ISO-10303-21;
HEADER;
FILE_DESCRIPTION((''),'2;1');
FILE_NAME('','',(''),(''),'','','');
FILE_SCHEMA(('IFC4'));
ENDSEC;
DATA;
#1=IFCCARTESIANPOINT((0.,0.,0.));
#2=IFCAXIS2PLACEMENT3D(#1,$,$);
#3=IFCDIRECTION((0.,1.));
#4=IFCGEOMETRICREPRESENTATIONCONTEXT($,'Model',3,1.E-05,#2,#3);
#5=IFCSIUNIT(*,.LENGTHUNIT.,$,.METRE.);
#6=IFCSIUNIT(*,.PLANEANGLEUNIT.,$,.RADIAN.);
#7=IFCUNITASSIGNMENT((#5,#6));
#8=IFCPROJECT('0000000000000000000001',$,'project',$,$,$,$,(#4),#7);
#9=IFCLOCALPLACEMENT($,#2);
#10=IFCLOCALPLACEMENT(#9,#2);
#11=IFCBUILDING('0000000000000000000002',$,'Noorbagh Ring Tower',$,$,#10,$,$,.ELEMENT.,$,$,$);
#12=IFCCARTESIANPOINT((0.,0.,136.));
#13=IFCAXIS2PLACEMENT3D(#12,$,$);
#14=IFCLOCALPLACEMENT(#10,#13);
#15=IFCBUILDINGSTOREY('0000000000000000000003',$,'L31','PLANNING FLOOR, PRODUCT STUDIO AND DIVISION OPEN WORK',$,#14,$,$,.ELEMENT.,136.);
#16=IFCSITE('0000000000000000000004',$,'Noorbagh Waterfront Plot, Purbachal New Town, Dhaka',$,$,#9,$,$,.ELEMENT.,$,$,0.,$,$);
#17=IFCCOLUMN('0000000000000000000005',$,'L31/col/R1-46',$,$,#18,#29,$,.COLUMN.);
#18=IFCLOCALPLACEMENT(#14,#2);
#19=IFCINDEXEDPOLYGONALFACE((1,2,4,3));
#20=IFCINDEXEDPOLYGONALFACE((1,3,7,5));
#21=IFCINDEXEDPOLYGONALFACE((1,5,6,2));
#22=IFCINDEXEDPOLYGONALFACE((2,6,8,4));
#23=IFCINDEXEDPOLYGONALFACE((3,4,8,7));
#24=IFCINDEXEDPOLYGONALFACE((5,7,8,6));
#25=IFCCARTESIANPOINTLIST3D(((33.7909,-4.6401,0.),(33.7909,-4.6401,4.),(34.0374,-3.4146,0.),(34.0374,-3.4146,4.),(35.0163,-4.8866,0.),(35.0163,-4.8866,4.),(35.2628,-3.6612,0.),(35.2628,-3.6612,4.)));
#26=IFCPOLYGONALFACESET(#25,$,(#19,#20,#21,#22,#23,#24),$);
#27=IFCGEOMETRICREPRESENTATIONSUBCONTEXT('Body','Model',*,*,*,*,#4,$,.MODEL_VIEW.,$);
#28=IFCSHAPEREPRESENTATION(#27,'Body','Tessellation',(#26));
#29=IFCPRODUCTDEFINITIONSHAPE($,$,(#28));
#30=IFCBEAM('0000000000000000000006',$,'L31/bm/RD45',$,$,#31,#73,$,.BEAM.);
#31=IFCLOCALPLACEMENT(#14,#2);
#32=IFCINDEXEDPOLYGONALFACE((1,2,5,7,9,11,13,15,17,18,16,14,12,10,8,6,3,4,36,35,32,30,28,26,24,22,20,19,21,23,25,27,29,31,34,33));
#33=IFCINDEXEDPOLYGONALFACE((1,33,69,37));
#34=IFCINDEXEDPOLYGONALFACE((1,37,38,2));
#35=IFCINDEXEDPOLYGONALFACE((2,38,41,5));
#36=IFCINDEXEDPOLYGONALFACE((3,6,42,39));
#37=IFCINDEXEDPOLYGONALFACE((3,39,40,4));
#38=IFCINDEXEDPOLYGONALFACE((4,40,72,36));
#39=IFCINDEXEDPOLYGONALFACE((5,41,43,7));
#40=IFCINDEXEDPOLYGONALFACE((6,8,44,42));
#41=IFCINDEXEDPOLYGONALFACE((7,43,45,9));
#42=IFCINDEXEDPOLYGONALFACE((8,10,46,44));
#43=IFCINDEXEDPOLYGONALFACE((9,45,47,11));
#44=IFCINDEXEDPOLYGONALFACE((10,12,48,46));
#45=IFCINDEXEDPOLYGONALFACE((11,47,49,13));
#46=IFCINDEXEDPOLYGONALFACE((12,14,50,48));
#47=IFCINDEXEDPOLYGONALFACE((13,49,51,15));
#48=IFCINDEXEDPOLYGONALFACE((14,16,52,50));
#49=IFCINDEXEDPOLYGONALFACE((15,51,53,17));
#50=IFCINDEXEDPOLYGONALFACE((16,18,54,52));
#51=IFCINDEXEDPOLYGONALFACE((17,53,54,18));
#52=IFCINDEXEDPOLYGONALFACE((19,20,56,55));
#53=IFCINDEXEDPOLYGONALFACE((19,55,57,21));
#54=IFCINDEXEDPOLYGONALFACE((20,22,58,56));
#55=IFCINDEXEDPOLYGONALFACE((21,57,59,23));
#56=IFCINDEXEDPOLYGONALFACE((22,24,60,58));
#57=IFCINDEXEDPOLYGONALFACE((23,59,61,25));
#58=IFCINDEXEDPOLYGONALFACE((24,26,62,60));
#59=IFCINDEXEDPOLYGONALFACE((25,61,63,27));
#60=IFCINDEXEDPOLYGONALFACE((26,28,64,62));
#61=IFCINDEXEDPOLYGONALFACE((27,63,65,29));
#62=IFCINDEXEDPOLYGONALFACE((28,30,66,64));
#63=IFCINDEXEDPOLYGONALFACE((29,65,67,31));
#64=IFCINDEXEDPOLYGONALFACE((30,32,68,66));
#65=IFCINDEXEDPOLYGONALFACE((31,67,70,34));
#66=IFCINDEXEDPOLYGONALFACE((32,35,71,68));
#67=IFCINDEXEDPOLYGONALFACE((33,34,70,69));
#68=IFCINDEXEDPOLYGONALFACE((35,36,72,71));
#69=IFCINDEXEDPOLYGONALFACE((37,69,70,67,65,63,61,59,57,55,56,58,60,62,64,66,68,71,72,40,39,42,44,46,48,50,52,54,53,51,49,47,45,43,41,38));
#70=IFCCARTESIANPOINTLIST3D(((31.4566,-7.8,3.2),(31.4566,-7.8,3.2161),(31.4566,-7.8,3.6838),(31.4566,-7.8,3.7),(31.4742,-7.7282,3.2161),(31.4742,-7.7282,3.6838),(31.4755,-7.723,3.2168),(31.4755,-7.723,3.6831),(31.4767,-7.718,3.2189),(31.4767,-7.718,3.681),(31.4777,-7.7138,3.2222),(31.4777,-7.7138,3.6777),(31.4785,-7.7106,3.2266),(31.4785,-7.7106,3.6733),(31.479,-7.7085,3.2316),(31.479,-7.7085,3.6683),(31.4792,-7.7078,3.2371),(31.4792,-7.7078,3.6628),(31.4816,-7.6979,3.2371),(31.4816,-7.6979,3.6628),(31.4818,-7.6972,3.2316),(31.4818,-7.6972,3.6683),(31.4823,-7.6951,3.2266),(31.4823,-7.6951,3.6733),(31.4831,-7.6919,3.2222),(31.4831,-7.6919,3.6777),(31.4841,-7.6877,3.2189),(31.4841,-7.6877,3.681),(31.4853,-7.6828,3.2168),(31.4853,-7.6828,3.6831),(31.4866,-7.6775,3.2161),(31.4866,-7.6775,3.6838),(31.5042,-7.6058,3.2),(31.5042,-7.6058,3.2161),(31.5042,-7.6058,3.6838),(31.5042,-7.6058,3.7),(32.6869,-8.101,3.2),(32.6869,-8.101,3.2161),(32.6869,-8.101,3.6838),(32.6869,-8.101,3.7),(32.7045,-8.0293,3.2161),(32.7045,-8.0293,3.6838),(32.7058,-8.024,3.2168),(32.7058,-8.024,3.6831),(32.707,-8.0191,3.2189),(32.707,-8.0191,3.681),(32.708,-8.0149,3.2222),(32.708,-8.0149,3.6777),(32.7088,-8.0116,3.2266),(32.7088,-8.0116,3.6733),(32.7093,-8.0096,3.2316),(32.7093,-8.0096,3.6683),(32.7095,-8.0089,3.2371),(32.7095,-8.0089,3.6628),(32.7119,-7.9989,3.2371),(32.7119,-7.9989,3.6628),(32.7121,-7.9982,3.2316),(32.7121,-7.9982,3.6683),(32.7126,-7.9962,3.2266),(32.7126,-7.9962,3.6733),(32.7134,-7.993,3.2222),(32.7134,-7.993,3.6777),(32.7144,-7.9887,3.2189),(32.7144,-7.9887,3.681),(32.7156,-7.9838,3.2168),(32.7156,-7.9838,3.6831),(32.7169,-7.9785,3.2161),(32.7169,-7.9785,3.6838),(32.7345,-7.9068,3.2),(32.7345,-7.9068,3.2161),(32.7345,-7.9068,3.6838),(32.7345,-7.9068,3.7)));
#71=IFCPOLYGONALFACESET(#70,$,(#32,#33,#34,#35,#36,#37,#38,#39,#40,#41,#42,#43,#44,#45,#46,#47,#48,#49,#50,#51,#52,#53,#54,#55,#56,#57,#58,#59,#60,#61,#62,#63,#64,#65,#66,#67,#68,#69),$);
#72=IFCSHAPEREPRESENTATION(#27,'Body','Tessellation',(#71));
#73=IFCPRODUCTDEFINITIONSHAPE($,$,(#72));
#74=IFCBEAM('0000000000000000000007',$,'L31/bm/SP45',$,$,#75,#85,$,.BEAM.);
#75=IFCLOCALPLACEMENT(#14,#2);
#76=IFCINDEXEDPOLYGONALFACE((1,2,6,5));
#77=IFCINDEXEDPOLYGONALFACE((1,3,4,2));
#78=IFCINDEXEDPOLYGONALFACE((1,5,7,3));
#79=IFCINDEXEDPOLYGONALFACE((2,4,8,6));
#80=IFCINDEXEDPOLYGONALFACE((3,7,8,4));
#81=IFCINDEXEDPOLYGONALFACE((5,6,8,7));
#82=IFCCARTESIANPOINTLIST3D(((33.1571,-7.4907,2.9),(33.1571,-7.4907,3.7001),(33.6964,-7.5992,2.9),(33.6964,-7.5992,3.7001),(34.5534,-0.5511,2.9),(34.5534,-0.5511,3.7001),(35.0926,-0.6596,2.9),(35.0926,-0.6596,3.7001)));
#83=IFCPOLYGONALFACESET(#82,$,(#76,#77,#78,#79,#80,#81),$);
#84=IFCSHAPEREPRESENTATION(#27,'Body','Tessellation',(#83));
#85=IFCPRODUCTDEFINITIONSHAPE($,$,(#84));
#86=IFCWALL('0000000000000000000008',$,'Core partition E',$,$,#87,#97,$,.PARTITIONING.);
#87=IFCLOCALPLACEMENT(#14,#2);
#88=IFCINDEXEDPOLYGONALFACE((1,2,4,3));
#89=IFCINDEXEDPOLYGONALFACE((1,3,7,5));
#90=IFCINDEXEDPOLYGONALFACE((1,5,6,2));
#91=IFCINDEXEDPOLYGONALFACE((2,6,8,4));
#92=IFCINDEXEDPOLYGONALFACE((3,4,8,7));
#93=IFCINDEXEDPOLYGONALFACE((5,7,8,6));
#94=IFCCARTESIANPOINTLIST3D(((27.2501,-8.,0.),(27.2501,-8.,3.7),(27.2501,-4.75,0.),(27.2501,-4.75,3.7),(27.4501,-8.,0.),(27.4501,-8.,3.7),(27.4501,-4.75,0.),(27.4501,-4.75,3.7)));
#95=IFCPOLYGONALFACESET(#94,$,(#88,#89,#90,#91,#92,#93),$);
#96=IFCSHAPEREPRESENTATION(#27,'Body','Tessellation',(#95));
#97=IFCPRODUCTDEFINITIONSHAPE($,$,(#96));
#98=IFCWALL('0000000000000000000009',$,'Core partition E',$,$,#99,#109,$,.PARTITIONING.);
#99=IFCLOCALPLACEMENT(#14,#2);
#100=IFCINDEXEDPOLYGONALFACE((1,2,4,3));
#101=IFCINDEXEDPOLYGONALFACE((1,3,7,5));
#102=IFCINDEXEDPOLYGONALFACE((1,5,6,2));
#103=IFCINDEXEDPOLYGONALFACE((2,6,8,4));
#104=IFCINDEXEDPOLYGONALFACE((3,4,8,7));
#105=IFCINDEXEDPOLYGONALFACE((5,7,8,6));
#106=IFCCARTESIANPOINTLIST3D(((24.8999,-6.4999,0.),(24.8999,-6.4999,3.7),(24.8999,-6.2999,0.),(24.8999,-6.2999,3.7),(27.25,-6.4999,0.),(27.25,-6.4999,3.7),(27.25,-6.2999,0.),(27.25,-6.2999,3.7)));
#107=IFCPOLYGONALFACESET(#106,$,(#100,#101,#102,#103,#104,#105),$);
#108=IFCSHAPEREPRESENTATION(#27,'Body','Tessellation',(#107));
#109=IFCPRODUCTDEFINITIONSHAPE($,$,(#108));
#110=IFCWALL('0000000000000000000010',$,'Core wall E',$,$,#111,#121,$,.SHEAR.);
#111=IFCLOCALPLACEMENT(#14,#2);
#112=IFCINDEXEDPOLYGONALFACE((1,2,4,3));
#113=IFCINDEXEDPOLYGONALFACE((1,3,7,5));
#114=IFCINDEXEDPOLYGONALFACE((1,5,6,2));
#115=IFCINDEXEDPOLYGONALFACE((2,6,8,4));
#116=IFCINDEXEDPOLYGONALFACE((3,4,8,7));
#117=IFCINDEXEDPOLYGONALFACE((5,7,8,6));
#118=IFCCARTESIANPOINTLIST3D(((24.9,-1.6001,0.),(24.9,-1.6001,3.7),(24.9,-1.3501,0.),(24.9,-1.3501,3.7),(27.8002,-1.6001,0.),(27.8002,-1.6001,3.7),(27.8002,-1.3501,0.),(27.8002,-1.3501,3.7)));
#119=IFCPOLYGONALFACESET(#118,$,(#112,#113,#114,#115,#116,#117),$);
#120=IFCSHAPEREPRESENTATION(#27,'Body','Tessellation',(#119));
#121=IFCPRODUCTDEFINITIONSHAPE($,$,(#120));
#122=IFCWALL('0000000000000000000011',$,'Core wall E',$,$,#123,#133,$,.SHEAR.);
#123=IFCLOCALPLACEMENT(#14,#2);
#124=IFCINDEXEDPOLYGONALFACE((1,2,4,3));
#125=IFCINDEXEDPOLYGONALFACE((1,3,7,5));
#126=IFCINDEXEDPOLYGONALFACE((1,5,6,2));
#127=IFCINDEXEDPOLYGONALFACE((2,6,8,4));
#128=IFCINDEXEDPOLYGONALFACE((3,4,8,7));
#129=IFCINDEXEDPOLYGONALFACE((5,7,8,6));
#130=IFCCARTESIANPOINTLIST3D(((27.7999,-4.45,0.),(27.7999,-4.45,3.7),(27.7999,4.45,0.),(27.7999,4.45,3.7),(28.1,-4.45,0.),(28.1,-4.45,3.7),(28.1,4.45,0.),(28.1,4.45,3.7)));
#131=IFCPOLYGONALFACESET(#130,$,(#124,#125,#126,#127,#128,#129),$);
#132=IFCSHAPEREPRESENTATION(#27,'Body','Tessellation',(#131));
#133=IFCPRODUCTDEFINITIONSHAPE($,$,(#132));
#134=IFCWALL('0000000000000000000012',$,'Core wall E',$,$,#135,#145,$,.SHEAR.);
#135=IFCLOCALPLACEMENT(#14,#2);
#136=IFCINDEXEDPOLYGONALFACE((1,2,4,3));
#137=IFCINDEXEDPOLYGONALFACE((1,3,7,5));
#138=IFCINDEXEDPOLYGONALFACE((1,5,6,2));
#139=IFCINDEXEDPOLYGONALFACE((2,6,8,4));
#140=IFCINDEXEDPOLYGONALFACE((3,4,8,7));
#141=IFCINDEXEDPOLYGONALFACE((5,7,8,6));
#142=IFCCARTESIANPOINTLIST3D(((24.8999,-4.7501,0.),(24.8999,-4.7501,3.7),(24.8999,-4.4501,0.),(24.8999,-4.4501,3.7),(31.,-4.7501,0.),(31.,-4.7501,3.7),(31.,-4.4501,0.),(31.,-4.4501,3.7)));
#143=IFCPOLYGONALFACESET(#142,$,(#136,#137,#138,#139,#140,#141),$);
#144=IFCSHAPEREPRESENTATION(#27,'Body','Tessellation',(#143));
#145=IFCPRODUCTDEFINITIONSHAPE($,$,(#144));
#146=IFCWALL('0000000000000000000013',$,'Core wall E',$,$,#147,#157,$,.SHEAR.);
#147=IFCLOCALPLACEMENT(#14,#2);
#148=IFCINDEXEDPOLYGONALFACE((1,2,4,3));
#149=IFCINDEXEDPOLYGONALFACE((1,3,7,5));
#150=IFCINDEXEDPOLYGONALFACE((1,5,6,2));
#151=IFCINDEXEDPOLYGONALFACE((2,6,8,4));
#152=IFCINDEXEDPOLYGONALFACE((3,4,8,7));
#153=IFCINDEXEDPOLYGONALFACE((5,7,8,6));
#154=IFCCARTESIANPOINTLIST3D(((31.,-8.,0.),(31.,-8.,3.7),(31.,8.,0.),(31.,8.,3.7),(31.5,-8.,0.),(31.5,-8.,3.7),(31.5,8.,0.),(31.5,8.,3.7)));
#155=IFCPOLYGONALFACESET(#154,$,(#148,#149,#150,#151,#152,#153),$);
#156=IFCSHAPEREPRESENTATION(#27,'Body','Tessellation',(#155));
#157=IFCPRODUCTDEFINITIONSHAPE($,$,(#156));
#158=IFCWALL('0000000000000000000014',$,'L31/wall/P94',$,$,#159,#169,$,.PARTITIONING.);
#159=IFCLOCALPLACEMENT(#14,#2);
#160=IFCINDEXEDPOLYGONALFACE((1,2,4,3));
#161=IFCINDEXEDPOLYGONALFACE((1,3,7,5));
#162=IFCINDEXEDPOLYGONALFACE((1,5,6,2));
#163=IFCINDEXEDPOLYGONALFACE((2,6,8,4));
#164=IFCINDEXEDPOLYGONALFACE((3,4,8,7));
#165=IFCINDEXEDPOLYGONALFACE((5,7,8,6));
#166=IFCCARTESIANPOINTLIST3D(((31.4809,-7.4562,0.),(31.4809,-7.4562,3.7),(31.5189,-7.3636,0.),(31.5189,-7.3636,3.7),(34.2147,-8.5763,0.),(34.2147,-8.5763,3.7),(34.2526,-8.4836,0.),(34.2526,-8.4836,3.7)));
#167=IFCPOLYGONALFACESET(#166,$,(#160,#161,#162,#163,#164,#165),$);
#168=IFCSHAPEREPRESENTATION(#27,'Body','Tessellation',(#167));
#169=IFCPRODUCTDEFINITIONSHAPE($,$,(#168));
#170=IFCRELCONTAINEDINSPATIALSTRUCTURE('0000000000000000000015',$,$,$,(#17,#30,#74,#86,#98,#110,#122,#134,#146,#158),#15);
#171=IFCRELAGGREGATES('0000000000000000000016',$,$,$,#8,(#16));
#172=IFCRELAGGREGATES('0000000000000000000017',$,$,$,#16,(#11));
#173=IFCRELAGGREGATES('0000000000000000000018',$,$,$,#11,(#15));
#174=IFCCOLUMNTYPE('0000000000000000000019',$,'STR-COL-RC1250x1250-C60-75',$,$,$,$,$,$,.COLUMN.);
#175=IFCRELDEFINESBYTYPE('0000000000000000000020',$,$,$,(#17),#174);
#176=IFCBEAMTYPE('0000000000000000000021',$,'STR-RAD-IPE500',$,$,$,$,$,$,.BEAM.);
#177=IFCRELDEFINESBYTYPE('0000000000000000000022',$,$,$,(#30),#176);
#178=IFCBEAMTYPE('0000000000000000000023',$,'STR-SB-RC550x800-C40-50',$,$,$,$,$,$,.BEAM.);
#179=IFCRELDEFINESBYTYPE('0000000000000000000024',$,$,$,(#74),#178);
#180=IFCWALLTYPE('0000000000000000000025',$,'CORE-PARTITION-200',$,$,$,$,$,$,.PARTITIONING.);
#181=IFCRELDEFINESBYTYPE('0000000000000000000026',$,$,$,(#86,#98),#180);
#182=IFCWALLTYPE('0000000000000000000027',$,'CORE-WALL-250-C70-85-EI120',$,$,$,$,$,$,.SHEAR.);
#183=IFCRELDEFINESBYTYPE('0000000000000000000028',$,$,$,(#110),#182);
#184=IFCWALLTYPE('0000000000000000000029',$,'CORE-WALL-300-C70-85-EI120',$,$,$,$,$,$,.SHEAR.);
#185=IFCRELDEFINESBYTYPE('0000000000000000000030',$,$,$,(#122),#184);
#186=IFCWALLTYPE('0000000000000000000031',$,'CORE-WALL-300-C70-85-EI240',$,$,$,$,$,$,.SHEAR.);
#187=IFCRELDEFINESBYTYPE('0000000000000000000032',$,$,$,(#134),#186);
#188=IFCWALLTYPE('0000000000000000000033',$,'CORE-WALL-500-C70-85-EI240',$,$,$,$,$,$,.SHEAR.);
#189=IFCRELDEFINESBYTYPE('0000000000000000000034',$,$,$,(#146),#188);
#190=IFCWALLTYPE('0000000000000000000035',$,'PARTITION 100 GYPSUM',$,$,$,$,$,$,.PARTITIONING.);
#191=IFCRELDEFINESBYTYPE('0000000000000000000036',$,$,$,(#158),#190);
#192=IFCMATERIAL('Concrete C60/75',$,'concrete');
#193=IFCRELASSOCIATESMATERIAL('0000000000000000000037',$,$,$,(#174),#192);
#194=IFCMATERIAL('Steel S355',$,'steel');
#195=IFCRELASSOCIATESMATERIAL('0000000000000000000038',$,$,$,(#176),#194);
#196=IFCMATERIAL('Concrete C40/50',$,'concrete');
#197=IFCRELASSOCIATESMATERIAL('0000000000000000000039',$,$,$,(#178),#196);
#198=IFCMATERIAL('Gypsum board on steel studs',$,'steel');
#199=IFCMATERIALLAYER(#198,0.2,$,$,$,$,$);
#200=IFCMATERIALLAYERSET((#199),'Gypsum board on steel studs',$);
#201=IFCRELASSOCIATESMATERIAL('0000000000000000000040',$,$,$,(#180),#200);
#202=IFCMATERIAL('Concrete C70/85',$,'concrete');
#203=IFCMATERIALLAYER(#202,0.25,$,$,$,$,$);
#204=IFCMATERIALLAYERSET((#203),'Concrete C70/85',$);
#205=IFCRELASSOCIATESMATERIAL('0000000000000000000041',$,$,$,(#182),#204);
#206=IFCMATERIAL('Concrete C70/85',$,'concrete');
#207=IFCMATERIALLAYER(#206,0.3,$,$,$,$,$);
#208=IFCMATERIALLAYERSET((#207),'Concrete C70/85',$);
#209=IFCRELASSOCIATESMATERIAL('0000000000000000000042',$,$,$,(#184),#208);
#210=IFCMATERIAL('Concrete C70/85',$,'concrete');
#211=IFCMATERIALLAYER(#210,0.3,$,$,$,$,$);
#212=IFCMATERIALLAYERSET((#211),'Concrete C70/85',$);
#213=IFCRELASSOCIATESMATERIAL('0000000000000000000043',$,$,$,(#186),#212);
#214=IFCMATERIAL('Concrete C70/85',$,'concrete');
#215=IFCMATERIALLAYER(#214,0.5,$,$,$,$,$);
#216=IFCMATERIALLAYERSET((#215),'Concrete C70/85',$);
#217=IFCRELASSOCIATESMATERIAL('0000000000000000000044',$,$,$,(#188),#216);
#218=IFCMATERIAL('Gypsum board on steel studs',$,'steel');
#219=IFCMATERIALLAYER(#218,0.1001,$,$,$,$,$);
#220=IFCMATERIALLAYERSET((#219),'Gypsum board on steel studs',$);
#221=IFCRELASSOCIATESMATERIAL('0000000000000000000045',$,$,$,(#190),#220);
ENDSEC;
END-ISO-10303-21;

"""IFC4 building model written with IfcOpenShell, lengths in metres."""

from ifc_helpers import new_model, si_unit, direction, frame, frame_2d, origin, origin_2d, place, context, subcontext, project, spatial, rectangle, i_section, extrude, material, layer, layer_set, material_profile, profile_set, type_object, element, save


model = new_model("IFC4")

# Units and contexts
model_context = context("Model", 3, precision=1e-05, world=origin(), true_north=direction((0.0, 1.0)))
body_context = subcontext(model_context, "Body", "Model", "MODEL_VIEW")
ifc_project = project(units=[si_unit("LENGTHUNIT", "METRE"), si_unit("PLANEANGLEUNIT", "RADIAN")], contexts=[model_context])

# Site, building, storey
site_placement = place(None, origin())
site = spatial("IfcSite", under=ifc_project, at=site_placement, Name="Noorbagh Waterfront Plot, Purbachal New Town, Dhaka", CompositionType="ELEMENT", RefElevation=0.0)
building_placement = place(site_placement, origin())
building = spatial("IfcBuilding", under=site, at=building_placement, Name="Noorbagh Ring Tower", CompositionType="ELEMENT")
storey_placement = place(building_placement, frame((0.0, 0.0, 136.0)))
storey = spatial("IfcBuildingStorey", under=building, at=storey_placement, Name="L31", Description="PLANNING FLOOR, PRODUCT STUDIO AND DIVISION OPEN WORK", CompositionType="ELEMENT", Elevation=136.0)

# Column
ifc_material_1 = material(Name="Concrete C60/75", Category="concrete")
ifc_material_profile_1 = material_profile(ifc_material_1, rectangle(XDim=1.25, YDim=1.25, at=origin_2d()), Name="RC1250x1250")
ifc_profile_set_1 = profile_set([ifc_material_profile_1], Name="Concrete C60/75")
column_type = type_object("IfcColumnType", Name="STR-COL-RC1250x1250-C60-75", PredefinedType="COLUMN", material=ifc_profile_set_1)
column_placement = place(storey_placement, frame((34.5269, -4.1506, 0.0), z_axis=(0.0, 0.0, 1.0), x_axis=(0.19723, 0.980357, 0.0)))
element("IfcColumn", 1, at=column_placement, inside=storey, type_object=column_type, Name="L31/col/R1-46", PredefinedType="COLUMN", context=body_context, shape_type="SweptSolid", body=[
    extrude(rectangle(XDim=1.25, YDim=1.25, at=origin_2d()), origin(), (0.0, 0.0, 1.0), 4.0),
])

# Beams
ifc_material_2 = material(Name="Steel S355", Category="steel")
ifc_material_profile_2 = material_profile(ifc_material_2, i_section(OverallWidth=0.2, OverallDepth=0.5, WebThickness=0.0103, FlangeThickness=0.0161, FilletRadius=0.021, at=origin_2d()), Name="IPE500")
ifc_profile_set_2 = profile_set([ifc_material_profile_2], Name="Steel S355")
beam_type_1 = type_object("IfcBeamType", Name="STR-RAD-IPE500", PredefinedType="BEAM", material=ifc_profile_set_2)
beam_1_placement = place(storey_placement, frame((32.7107, -8.0039, 3.45), z_axis=(-0.971344, 0.237679, 0.0), x_axis=(-0.237679, -0.971344, 0.0)))
element("IfcBeam", 2, at=beam_1_placement, inside=storey, type_object=beam_type_1, Name="L31/bm/RD45", PredefinedType="BEAM", context=body_context, shape_type="SweptSolid", body=[
    extrude(i_section(OverallWidth=0.2, OverallDepth=0.5, WebThickness=0.0103, FlangeThickness=0.0161, FilletRadius=0.021, at=origin_2d()), origin(), (0.0, 0.0, 1.0), 1.2666),
])
ifc_material_3 = material(Name="Concrete C40/50", Category="concrete")
ifc_material_profile_3 = material_profile(ifc_material_3, rectangle(XDim=0.55, YDim=0.8, at=origin_2d()), Name="RC550x800")
ifc_profile_set_3 = profile_set([ifc_material_profile_3], Name="Concrete C40/50")
beam_type_2 = type_object("IfcBeamType", Name="STR-SB-RC550x800-C40-50", PredefinedType="BEAM", material=ifc_profile_set_3)
beam_2_placement = place(storey_placement, frame((33.4268, -7.5449, 3.3), z_axis=(0.19725, 0.980353, 0.0), x_axis=(-0.980353, 0.19725, 0.0)))
element("IfcBeam", 3, at=beam_2_placement, inside=storey, type_object=beam_type_2, Name="L31/bm/SP45", PredefinedType="BEAM", context=body_context, shape_type="SweptSolid", body=[
    extrude(rectangle(XDim=0.55, YDim=0.8, at=origin_2d()), origin(), (0.0, 0.0, 1.0), 7.0786),
])

# Walls
ifc_material_4 = material(Name="Gypsum board on steel studs", Category="steel")
ifc_layer_1 = layer(ifc_material_4, 0.2)
ifc_layer_set_1 = layer_set([ifc_layer_1], Name="Gypsum board on steel studs")
wall_type_1 = type_object("IfcWallType", Name="CORE-PARTITION-200", PredefinedType="PARTITIONING", material=ifc_layer_set_1)
wall_1_placement = place(storey_placement, frame((27.3501, -8.0, 0.0), z_axis=(0.0, 0.0, 1.0), x_axis=(0.0, 1.0, 0.0)))
element("IfcWall", 4, at=wall_1_placement, inside=storey, type_object=wall_type_1, Name="Core partition E", PredefinedType="PARTITIONING", context=body_context, shape_type="SweptSolid", body=[
    extrude(rectangle(XDim=3.25, YDim=0.2, at=frame_2d((1.625, 0.0))), origin(), (0.0, 0.0, 1.0), 3.7),
])
wall_2_placement = place(storey_placement, frame((24.8999, -6.3999, 0.0), z_axis=(0.0, 0.0, 1.0), x_axis=(1.0, 0.0, 0.0)))
element("IfcWall", 5, at=wall_2_placement, inside=storey, type_object=wall_type_1, Name="Core partition E", PredefinedType="PARTITIONING", context=body_context, shape_type="SweptSolid", body=[
    extrude(rectangle(XDim=2.3501, YDim=0.2, at=frame_2d((1.175, 0.0))), origin(), (0.0, 0.0, 1.0), 3.7),
])
ifc_material_5 = material(Name="Concrete C70/85", Category="concrete")
ifc_layer_2 = layer(ifc_material_5, 0.25)
ifc_layer_set_2 = layer_set([ifc_layer_2], Name="Concrete C70/85")
wall_type_2 = type_object("IfcWallType", Name="CORE-WALL-250-C70-85-EI120", PredefinedType="SHEAR", material=ifc_layer_set_2)
wall_3_placement = place(storey_placement, frame((24.8999, -1.4751, 0.0), z_axis=(0.0, 0.0, 1.0), x_axis=(1.0, 0.0, 0.0)))
element("IfcWall", 6, at=wall_3_placement, inside=storey, type_object=wall_type_2, Name="Core wall E", PredefinedType="SHEAR", context=body_context, shape_type="SweptSolid", body=[
    extrude(rectangle(XDim=2.9001, YDim=0.25, at=frame_2d((1.4502, 0.0))), origin(), (0.0, 0.0, 1.0), 3.7),
])
ifc_material_6 = material(Name="Concrete C70/85", Category="concrete")
ifc_layer_3 = layer(ifc_material_6, 0.3)
ifc_layer_set_3 = layer_set([ifc_layer_3], Name="Concrete C70/85")
wall_type_3 = type_object("IfcWallType", Name="CORE-WALL-300-C70-85-EI120", PredefinedType="SHEAR", material=ifc_layer_set_3)
wall_4_placement = place(storey_placement, frame((27.95, -4.45, 0.0), z_axis=(0.0, 0.0, 1.0), x_axis=(0.0, 1.0, 0.0)))
element("IfcWall", 7, at=wall_4_placement, inside=storey, type_object=wall_type_3, Name="Core wall E", PredefinedType="SHEAR", context=body_context, shape_type="SweptSolid", body=[
    extrude(rectangle(XDim=8.8999, YDim=0.3, at=frame_2d((4.45, 0.0))), origin(), (0.0, 0.0, 1.0), 3.7),
])
ifc_material_7 = material(Name="Concrete C70/85", Category="concrete")
ifc_layer_4 = layer(ifc_material_7, 0.3)
ifc_layer_set_4 = layer_set([ifc_layer_4], Name="Concrete C70/85")
wall_type_4 = type_object("IfcWallType", Name="CORE-WALL-300-C70-85-EI240", PredefinedType="SHEAR", material=ifc_layer_set_4)
wall_5_placement = place(storey_placement, frame((24.8999, -4.6001, 0.0), z_axis=(0.0, 0.0, 1.0), x_axis=(1.0, 0.0, 0.0)))
element("IfcWall", 8, at=wall_5_placement, inside=storey, type_object=wall_type_4, Name="Core wall E", PredefinedType="SHEAR", context=body_context, shape_type="SweptSolid", body=[
    extrude(rectangle(XDim=6.1001, YDim=0.3, at=frame_2d((3.05, 0.0))), origin(), (0.0, 0.0, 1.0), 3.7),
])
ifc_material_8 = material(Name="Concrete C70/85", Category="concrete")
ifc_layer_5 = layer(ifc_material_8, 0.5)
ifc_layer_set_5 = layer_set([ifc_layer_5], Name="Concrete C70/85")
wall_type_5 = type_object("IfcWallType", Name="CORE-WALL-500-C70-85-EI240", PredefinedType="SHEAR", material=ifc_layer_set_5)
wall_6_placement = place(storey_placement, frame((31.25, -8.0, 0.0), z_axis=(0.0, 0.0, 1.0), x_axis=(0.0, 1.0, 0.0)))
element("IfcWall", 9, at=wall_6_placement, inside=storey, type_object=wall_type_5, Name="Core wall E", PredefinedType="SHEAR", context=body_context, shape_type="SweptSolid", body=[
    extrude(rectangle(XDim=16.0, YDim=0.5, at=frame_2d((8.0, 0.0))), origin(), (0.0, 0.0, 1.0), 3.7),
])
ifc_material_9 = material(Name="Gypsum board on steel studs", Category="steel")
ifc_layer_6 = layer(ifc_material_9, 0.1001)
ifc_layer_set_6 = layer_set([ifc_layer_6], Name="Gypsum board on steel studs")
wall_type_6 = type_object("IfcWallType", Name="PARTITION 100 GYPSUM", PredefinedType="PARTITIONING", material=ifc_layer_set_6)
wall_7_placement = place(storey_placement, frame((31.5, -7.4099, 0.0), z_axis=(0.0, 0.0, 1.0), x_axis=(0.925344, -0.379128, 0.0)))
element("IfcWall", 10, at=wall_7_placement, inside=storey, type_object=wall_type_6, Name="L31/wall/P94", PredefinedType="PARTITIONING", context=body_context, shape_type="SweptSolid", body=[
    extrude(rectangle(XDim=2.9543, YDim=0.1001, at=frame_2d((1.4771, 0.0))), origin(), (0.0, 0.0, 1.0), 3.7),
])

save(model, "model.ifc")
